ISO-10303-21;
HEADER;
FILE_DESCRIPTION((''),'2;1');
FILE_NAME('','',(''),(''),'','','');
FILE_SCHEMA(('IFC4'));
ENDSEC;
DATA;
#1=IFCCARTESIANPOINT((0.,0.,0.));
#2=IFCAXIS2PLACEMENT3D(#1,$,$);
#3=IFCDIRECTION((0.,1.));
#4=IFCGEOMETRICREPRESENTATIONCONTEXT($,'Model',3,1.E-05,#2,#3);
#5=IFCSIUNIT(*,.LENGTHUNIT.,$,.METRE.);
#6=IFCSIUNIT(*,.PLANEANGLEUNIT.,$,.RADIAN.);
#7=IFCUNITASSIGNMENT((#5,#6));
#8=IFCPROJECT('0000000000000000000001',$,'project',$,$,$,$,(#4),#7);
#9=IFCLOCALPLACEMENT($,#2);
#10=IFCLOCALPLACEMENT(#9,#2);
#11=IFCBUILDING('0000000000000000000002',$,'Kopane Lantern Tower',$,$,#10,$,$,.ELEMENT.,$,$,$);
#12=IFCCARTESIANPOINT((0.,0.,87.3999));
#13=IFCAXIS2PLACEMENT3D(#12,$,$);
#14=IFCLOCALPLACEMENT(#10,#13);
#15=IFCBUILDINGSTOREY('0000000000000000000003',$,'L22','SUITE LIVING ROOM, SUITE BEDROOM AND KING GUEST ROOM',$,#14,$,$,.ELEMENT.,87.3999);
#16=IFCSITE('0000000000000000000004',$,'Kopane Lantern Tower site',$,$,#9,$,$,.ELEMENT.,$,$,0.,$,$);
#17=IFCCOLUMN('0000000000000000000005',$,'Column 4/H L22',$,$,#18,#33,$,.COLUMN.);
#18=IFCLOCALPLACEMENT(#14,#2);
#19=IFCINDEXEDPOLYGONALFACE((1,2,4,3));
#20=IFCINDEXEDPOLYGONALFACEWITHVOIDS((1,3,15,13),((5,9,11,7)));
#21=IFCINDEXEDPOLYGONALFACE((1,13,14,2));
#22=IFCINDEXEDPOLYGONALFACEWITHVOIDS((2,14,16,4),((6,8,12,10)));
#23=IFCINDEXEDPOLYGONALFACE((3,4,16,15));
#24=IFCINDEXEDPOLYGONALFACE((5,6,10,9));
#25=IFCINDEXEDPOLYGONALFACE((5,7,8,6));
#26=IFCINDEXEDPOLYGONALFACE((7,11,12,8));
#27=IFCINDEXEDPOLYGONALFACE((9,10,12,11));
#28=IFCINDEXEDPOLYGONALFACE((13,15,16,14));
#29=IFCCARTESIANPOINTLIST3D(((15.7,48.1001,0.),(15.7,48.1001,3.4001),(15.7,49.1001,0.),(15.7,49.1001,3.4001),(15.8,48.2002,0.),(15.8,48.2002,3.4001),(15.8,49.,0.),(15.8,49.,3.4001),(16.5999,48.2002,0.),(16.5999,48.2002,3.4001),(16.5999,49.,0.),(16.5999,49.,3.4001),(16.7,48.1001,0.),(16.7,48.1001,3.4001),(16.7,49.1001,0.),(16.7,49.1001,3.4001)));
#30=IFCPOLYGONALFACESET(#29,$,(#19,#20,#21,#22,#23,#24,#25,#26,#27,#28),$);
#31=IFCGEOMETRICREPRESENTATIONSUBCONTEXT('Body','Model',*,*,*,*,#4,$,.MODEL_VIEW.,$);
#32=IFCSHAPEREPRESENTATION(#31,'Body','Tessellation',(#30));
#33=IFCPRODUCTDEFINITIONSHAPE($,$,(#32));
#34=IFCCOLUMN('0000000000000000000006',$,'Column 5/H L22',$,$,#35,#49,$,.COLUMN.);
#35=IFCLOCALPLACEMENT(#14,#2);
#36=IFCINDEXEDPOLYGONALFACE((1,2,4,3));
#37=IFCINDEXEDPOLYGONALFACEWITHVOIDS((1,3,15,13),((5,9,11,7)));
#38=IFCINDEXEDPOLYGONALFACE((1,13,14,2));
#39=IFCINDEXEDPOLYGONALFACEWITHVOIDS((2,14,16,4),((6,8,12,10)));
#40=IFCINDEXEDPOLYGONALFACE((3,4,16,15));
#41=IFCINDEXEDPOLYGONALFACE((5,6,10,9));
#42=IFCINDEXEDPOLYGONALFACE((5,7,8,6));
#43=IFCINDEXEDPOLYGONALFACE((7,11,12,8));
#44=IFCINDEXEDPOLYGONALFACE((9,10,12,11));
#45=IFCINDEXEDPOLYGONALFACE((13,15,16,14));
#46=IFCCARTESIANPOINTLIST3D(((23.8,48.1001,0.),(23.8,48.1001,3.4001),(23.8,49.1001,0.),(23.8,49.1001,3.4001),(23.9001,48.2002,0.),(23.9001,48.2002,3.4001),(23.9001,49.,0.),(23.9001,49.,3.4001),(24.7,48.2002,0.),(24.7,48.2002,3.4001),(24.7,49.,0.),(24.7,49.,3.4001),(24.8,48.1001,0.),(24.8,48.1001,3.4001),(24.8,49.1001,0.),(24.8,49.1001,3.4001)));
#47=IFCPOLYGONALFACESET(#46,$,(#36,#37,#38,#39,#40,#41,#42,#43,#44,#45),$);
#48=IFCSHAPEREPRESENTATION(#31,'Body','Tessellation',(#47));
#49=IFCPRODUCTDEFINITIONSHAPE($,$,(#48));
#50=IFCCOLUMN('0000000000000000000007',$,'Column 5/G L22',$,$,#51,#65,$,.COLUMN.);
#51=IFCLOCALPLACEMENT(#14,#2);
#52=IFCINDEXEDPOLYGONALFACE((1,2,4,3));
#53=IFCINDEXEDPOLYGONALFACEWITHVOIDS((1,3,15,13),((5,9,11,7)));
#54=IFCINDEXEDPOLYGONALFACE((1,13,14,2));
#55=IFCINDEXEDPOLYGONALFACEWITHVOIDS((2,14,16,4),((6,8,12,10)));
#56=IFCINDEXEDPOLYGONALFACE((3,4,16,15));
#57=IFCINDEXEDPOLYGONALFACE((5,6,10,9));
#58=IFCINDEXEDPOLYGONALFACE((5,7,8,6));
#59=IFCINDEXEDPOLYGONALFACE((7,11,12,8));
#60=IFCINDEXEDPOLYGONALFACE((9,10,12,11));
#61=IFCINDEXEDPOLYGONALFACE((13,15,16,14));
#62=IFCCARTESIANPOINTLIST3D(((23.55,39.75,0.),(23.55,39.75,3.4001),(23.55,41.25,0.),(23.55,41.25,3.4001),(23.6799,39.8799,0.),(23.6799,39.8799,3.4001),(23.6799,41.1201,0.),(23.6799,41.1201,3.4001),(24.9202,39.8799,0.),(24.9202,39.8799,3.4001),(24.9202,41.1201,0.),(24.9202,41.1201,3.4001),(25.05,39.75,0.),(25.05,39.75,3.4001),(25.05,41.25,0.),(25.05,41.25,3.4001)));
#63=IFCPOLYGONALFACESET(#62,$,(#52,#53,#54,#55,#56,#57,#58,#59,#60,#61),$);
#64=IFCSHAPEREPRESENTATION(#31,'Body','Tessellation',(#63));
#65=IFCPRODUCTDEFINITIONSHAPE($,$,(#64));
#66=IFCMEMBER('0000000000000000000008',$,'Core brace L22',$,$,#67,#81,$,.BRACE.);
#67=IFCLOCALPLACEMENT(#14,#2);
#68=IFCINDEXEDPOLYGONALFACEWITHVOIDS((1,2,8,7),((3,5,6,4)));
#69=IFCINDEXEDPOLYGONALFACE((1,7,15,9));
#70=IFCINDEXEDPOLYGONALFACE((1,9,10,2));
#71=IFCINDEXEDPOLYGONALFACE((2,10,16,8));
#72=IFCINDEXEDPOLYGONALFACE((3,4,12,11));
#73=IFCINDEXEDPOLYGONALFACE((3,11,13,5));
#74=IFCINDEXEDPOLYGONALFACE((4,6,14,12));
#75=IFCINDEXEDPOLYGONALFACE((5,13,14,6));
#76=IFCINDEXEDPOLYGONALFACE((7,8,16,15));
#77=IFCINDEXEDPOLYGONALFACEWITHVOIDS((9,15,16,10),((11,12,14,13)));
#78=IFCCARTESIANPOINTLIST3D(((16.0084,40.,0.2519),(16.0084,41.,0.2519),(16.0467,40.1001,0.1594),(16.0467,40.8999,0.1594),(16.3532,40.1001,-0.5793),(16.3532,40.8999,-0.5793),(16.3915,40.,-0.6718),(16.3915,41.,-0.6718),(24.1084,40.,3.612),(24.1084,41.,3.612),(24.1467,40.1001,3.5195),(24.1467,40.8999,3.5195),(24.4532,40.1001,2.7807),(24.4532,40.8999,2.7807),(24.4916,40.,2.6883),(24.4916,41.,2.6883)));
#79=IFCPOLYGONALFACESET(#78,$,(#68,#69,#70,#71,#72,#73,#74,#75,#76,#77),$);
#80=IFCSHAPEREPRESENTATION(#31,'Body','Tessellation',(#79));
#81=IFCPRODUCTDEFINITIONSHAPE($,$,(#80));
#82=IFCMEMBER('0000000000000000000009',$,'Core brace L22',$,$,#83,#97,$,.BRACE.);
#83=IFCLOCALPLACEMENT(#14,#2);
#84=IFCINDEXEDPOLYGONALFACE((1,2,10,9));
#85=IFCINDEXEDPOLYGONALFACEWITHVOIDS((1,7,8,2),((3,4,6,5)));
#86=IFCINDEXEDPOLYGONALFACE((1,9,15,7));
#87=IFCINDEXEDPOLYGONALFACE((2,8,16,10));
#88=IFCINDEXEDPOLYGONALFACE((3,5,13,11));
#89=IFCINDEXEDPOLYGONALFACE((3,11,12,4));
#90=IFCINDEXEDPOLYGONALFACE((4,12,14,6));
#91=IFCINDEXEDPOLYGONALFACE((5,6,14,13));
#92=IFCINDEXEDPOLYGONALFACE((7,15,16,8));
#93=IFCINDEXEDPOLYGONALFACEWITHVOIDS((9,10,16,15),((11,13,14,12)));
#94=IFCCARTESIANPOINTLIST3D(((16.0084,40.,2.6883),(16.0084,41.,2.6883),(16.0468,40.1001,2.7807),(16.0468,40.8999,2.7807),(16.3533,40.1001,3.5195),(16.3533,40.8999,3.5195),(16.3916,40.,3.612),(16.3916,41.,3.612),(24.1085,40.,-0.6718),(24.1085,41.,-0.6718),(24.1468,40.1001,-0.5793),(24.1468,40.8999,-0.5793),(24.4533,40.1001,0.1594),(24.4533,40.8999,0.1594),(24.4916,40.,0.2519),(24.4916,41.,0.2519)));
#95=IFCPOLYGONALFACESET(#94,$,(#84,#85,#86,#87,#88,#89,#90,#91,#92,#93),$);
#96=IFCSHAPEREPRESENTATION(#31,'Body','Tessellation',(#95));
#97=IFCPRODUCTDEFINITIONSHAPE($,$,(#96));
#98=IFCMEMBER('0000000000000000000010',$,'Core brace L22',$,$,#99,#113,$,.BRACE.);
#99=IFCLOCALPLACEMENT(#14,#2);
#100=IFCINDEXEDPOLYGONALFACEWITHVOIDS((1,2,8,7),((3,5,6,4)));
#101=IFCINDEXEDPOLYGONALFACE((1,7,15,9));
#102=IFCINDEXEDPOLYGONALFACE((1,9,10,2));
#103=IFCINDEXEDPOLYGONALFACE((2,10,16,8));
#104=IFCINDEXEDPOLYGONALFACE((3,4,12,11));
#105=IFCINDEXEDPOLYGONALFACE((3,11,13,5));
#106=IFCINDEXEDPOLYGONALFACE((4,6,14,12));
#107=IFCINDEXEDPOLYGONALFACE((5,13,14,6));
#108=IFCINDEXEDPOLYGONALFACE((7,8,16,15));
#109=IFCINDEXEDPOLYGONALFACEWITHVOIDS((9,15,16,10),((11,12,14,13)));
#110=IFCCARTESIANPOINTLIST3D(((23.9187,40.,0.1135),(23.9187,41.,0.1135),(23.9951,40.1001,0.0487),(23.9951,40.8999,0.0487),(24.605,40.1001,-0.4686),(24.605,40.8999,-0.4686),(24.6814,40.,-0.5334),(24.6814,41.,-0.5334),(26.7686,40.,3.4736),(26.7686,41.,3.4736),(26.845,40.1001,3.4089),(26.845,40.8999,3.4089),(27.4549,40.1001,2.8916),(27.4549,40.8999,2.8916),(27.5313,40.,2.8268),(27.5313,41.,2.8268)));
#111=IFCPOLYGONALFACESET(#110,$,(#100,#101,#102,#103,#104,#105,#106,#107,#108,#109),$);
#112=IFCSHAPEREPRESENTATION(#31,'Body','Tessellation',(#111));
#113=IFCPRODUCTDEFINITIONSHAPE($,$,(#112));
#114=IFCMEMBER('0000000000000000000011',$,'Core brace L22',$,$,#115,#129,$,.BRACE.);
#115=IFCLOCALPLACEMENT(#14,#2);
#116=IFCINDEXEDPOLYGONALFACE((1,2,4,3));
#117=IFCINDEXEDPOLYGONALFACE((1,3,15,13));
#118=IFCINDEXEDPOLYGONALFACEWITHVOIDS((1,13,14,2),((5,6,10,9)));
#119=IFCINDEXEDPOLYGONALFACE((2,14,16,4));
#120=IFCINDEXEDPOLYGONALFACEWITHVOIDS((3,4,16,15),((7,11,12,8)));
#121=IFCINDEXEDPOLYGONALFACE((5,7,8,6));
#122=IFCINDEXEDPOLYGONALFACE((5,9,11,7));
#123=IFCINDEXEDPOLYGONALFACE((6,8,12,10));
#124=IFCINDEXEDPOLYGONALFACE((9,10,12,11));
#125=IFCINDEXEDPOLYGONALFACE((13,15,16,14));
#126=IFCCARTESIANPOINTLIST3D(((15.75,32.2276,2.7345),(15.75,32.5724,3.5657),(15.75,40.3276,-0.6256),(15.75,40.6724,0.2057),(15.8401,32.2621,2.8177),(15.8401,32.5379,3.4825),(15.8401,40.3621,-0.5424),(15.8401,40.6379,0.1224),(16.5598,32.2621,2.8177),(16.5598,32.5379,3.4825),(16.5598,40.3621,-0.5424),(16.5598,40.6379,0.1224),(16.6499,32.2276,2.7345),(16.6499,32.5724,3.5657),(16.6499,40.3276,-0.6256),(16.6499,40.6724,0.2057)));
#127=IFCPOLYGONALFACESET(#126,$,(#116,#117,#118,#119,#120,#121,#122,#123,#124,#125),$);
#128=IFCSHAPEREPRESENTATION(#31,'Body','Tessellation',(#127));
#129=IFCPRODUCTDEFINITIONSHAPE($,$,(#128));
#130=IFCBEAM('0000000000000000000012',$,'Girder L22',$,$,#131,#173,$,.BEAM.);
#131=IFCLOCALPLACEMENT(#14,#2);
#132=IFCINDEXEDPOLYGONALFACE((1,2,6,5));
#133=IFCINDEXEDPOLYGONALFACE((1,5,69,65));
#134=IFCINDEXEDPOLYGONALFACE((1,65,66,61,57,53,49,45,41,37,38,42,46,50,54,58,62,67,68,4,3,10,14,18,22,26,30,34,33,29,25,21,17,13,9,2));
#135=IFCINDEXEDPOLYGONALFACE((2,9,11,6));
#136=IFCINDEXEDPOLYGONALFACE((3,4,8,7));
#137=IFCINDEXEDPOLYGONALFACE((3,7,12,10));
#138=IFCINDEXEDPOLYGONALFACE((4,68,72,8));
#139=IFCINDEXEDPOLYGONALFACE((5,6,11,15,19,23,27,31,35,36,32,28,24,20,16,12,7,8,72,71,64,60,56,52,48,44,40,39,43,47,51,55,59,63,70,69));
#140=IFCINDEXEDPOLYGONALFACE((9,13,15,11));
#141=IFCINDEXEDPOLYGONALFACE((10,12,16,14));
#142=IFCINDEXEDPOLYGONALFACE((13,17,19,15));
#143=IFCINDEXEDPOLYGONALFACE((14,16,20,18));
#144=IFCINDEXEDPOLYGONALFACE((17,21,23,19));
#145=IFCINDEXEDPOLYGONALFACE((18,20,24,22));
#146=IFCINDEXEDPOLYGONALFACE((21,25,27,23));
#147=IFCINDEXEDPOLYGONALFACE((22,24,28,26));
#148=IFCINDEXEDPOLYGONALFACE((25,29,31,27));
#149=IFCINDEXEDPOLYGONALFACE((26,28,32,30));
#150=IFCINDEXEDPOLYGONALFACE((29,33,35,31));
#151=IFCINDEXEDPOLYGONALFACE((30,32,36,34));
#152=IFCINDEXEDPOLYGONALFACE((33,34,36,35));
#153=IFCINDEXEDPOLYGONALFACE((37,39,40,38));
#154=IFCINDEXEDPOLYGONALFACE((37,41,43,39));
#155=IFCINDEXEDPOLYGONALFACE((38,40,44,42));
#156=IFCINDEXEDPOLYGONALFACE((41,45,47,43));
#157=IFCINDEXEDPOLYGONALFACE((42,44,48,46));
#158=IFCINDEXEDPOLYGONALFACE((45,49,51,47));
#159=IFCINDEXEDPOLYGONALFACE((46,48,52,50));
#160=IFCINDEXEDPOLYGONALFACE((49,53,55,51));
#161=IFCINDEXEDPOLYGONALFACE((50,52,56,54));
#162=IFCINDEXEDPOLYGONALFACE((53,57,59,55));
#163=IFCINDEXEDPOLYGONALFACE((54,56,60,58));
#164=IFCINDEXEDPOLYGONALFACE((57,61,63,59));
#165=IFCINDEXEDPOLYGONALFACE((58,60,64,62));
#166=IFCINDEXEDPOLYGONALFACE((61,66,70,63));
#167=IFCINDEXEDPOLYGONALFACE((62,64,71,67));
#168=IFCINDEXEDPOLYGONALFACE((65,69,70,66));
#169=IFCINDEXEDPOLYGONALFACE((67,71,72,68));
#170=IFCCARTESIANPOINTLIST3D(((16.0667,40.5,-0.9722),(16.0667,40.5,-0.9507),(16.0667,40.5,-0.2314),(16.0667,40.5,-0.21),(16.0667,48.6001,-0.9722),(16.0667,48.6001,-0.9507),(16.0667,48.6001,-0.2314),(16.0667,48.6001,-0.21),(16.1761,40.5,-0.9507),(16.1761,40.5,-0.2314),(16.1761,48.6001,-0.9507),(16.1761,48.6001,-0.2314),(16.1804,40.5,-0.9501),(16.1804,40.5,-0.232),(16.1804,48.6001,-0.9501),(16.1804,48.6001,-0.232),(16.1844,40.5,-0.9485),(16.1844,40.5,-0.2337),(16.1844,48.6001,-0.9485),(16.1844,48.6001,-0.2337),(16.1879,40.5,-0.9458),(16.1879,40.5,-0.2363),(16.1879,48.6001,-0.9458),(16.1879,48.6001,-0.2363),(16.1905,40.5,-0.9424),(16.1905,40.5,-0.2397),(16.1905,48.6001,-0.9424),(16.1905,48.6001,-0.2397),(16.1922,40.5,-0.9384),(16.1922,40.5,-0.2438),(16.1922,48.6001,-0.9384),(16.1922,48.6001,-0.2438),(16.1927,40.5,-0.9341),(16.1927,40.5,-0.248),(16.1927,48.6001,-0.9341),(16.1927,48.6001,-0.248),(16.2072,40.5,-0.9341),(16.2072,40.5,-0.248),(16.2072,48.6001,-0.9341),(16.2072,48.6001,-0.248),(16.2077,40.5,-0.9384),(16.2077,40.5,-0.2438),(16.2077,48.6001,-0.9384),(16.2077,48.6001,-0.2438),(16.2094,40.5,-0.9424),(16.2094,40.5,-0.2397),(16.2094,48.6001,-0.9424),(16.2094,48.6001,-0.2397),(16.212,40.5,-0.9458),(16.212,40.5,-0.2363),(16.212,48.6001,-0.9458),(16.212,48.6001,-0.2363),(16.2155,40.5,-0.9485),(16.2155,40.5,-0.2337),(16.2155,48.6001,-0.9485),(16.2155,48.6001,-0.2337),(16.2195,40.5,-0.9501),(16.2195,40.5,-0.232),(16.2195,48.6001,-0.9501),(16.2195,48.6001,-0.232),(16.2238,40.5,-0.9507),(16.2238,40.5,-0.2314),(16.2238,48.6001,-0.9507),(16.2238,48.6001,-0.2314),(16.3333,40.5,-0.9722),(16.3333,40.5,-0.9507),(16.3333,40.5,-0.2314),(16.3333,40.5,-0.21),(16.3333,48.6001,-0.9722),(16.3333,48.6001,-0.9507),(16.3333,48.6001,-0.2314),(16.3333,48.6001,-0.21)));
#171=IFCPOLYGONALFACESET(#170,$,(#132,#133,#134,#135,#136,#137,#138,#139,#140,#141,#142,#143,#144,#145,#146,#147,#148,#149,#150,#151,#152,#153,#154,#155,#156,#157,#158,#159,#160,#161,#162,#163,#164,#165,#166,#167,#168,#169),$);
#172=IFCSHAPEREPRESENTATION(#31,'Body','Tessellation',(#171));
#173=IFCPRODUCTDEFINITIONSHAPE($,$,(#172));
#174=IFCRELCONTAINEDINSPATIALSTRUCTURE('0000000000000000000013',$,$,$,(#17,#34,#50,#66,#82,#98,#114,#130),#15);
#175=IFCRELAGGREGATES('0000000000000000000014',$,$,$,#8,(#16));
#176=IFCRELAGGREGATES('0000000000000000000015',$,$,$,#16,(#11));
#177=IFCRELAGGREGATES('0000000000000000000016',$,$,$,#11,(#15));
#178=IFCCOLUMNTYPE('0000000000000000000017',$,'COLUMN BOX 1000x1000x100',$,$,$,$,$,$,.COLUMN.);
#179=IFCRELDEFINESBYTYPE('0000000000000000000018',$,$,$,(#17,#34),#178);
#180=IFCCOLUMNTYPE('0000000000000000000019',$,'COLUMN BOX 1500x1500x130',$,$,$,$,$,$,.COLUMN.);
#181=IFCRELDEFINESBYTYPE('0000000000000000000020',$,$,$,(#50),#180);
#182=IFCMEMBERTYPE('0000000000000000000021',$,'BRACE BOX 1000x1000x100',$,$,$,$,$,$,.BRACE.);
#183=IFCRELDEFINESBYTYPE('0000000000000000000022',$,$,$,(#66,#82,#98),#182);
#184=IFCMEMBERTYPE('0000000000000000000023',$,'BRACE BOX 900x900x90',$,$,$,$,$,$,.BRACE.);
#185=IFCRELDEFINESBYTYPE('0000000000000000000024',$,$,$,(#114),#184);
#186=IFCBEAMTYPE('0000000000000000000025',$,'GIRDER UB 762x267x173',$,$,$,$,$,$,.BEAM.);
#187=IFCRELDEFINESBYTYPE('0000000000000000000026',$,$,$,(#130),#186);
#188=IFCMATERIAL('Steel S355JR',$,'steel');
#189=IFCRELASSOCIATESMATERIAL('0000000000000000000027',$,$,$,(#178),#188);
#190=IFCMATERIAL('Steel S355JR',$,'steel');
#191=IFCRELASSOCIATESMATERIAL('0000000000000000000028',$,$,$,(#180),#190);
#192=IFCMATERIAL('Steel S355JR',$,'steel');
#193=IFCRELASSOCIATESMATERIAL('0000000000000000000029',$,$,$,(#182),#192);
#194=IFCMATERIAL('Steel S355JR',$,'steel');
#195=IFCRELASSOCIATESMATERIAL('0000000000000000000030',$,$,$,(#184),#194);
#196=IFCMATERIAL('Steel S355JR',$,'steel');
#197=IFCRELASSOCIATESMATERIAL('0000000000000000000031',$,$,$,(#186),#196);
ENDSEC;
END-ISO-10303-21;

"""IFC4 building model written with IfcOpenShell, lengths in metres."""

from ifc_helpers import new_model, si_unit, direction, frame, origin, origin_2d, place, context, subcontext, project, spatial, hollow_rectangle, i_section, extrude, material, material_profile, profile_set, type_object, element, save


model = new_model("IFC4")

# Units and contexts
model_context = context("Model", 3, precision=1e-05, world=origin(), true_north=direction((0.0, 1.0)))
body_context = subcontext(model_context, "Body", "Model", "MODEL_VIEW")
ifc_project = project(units=[si_unit("LENGTHUNIT", "METRE"), si_unit("PLANEANGLEUNIT", "RADIAN")], contexts=[model_context])

# Site, building, storey
site_placement = place(None, origin())
site = spatial("IfcSite", under=ifc_project, at=site_placement, Name="Kopane Lantern Tower site", CompositionType="ELEMENT", RefElevation=0.0)
building_placement = place(site_placement, origin())
building = spatial("IfcBuilding", under=site, at=building_placement, Name="Kopane Lantern Tower", CompositionType="ELEMENT")
storey_placement = place(building_placement, frame((0.0, 0.0, 87.3999)))
storey = spatial("IfcBuildingStorey", under=building, at=storey_placement, Name="L22", Description="SUITE LIVING ROOM, SUITE BEDROOM AND KING GUEST ROOM", CompositionType="ELEMENT", Elevation=87.3999)

# Columns
ifc_material_1 = material(Name="Steel S355JR", Category="steel")
ifc_material_profile_1 = material_profile(ifc_material_1, hollow_rectangle(XDim=1.0, YDim=1.0, WallThickness=0.1001, at=origin_2d()), Name="BOX 1000x1000x100")
ifc_profile_set_1 = profile_set([ifc_material_profile_1], Name="Steel S355JR")
column_type_1 = type_object("IfcColumnType", Name="COLUMN BOX 1000x1000x100", PredefinedType="COLUMN", material=ifc_profile_set_1)
for number, where, z_axis, x_axis, name in (
    (1, (16.2, 48.6001, 0.0), (0.0, 0.0, 1.0), (1.0, 0.0, 0.0), "Column 4/H L22"),
    (2, (24.3, 48.6001, 0.0), (0.0, 0.0, 1.0), (1.0, 0.0, 0.0), "Column 5/H L22"),
):
    element("IfcColumn", number, at=place(storey_placement, frame(where, z_axis=z_axis, x_axis=x_axis)), inside=storey, type_object=column_type_1, Name=name, PredefinedType="COLUMN", context=body_context, shape_type="SweptSolid", body=[
        extrude(hollow_rectangle(XDim=1.0, YDim=1.0, WallThickness=0.1001, at=origin_2d()), origin(), (0.0, 0.0, 1.0), 3.4001),
    ])
ifc_material_2 = material(Name="Steel S355JR", Category="steel")
ifc_material_profile_2 = material_profile(ifc_material_2, hollow_rectangle(XDim=1.5, YDim=1.5, WallThickness=0.1299, at=origin_2d()), Name="BOX 1500x1500x130")
ifc_profile_set_2 = profile_set([ifc_material_profile_2], Name="Steel S355JR")
column_type_2 = type_object("IfcColumnType", Name="COLUMN BOX 1500x1500x130", PredefinedType="COLUMN", material=ifc_profile_set_2)
column_placement = place(storey_placement, frame((24.3, 40.5, 0.0), z_axis=(0.0, 0.0, 1.0), x_axis=(1.0, 0.0, 0.0)))
element("IfcColumn", 3, at=column_placement, inside=storey, type_object=column_type_2, Name="Column 5/G L22", PredefinedType="COLUMN", context=body_context, shape_type="SweptSolid", body=[
    extrude(hollow_rectangle(XDim=1.5, YDim=1.5, WallThickness=0.1299, at=origin_2d()), origin(), (0.0, 0.0, 1.0), 3.4001),
])

# Members
ifc_material_3 = material(Name="Steel S355JR", Category="steel")
ifc_material_profile_3 = material_profile(ifc_material_3, hollow_rectangle(XDim=1.0, YDim=1.0, WallThickness=0.1001, at=origin_2d()), Name="BOX 1000x1000x100")
ifc_profile_set_3 = profile_set([ifc_material_profile_3], Name="Steel S355JR")
member_type_1 = type_object("IfcMemberType", Name="BRACE BOX 1000x1000x100", PredefinedType="BRACE", material=ifc_profile_set_3)
for number, where, z_axis, x_axis, name in (
    (4, (16.2, 40.5, -0.21), (0.92368, 0.0, 0.383164), (0.0, 1.0, 0.0), "Core brace L22"),
    (5, (24.3, 40.5, -0.21), (-0.92368, 0.0, 0.383164), (0.0, -1.0, 0.0), "Core brace L22"),
):
    element("IfcMember", number, at=place(storey_placement, frame(where, z_axis=z_axis, x_axis=x_axis)), inside=storey, type_object=member_type_1, Name=name, PredefinedType="BRACE", context=body_context, shape_type="SweptSolid", body=[
        extrude(hollow_rectangle(XDim=1.0, YDim=1.0, WallThickness=0.1001, at=origin_2d()), origin(), (0.0, 0.0, 1.0), 8.7693),
    ])
member_1_placement = place(storey_placement, frame((24.3, 40.5, -0.21), z_axis=(0.646826, 0.0, 0.762638), x_axis=(0.0, 1.0, 0.0)))
element("IfcMember", 6, at=member_1_placement, inside=storey, type_object=member_type_1, Name="Core brace L22", PredefinedType="BRACE", context=body_context, shape_type="SweptSolid", body=[
    extrude(hollow_rectangle(XDim=1.0, YDim=1.0, WallThickness=0.1001, at=origin_2d()), origin(), (0.0, 0.0, 1.0), 4.406),
])
ifc_material_4 = material(Name="Steel S355JR", Category="steel")
ifc_material_profile_4 = material_profile(ifc_material_4, hollow_rectangle(XDim=0.8999, YDim=0.8999, WallThickness=0.0901, at=origin_2d()), Name="BOX 900x900x90")
ifc_profile_set_4 = profile_set([ifc_material_profile_4], Name="Steel S355JR")
member_type_2 = type_object("IfcMemberType", Name="BRACE BOX 900x900x90", PredefinedType="BRACE", material=ifc_profile_set_4)
member_2_placement = place(storey_placement, frame((16.2, 40.5, -0.21), z_axis=(0.0, -0.92368, 0.383164), x_axis=(1.0, 0.0, 0.0)))
element("IfcMember", 7, at=member_2_placement, inside=storey, type_object=member_type_2, Name="Core brace L22", PredefinedType="BRACE", context=body_context, shape_type="SweptSolid", body=[
    extrude(hollow_rectangle(XDim=0.8999, YDim=0.8999, WallThickness=0.0901, at=origin_2d()), origin(), (0.0, 0.0, 1.0), 8.7693),
])

# Beam
ifc_material_5 = material(Name="Steel S355JR", Category="steel")
ifc_material_profile_5 = material_profile(ifc_material_5, i_section(OverallWidth=0.2666, OverallDepth=0.7622, WebThickness=0.0144, FlangeThickness=0.0215, FilletRadius=0.0166, at=origin_2d()), Name="UB 762x267x173")
ifc_profile_set_5 = profile_set([ifc_material_profile_5], Name="Steel S355JR")
beam_type_1 = type_object("IfcBeamType", Name="GIRDER UB 762x267x173", PredefinedType="BEAM", material=ifc_profile_set_5)
for number, where, z_axis, x_axis, name in (
    (8, (16.2, 40.5, -0.5911), (0.0, 1.0, 0.0), (-1.0, 0.0, 0.0), "Girder L22"),
):
    element("IfcBeam", number, at=place(storey_placement, frame(where, z_axis=z_axis, x_axis=x_axis)), inside=storey, type_object=beam_type_1, Name=name, PredefinedType="BEAM", context=body_context, shape_type="SweptSolid", body=[
        extrude(i_section(OverallWidth=0.2666, OverallDepth=0.7622, WebThickness=0.0144, FlangeThickness=0.0215, FilletRadius=0.0166, at=origin_2d()), origin(), (0.0, 0.0, 1.0), 8.1001),
    ])

save(model, "model.ifc")
